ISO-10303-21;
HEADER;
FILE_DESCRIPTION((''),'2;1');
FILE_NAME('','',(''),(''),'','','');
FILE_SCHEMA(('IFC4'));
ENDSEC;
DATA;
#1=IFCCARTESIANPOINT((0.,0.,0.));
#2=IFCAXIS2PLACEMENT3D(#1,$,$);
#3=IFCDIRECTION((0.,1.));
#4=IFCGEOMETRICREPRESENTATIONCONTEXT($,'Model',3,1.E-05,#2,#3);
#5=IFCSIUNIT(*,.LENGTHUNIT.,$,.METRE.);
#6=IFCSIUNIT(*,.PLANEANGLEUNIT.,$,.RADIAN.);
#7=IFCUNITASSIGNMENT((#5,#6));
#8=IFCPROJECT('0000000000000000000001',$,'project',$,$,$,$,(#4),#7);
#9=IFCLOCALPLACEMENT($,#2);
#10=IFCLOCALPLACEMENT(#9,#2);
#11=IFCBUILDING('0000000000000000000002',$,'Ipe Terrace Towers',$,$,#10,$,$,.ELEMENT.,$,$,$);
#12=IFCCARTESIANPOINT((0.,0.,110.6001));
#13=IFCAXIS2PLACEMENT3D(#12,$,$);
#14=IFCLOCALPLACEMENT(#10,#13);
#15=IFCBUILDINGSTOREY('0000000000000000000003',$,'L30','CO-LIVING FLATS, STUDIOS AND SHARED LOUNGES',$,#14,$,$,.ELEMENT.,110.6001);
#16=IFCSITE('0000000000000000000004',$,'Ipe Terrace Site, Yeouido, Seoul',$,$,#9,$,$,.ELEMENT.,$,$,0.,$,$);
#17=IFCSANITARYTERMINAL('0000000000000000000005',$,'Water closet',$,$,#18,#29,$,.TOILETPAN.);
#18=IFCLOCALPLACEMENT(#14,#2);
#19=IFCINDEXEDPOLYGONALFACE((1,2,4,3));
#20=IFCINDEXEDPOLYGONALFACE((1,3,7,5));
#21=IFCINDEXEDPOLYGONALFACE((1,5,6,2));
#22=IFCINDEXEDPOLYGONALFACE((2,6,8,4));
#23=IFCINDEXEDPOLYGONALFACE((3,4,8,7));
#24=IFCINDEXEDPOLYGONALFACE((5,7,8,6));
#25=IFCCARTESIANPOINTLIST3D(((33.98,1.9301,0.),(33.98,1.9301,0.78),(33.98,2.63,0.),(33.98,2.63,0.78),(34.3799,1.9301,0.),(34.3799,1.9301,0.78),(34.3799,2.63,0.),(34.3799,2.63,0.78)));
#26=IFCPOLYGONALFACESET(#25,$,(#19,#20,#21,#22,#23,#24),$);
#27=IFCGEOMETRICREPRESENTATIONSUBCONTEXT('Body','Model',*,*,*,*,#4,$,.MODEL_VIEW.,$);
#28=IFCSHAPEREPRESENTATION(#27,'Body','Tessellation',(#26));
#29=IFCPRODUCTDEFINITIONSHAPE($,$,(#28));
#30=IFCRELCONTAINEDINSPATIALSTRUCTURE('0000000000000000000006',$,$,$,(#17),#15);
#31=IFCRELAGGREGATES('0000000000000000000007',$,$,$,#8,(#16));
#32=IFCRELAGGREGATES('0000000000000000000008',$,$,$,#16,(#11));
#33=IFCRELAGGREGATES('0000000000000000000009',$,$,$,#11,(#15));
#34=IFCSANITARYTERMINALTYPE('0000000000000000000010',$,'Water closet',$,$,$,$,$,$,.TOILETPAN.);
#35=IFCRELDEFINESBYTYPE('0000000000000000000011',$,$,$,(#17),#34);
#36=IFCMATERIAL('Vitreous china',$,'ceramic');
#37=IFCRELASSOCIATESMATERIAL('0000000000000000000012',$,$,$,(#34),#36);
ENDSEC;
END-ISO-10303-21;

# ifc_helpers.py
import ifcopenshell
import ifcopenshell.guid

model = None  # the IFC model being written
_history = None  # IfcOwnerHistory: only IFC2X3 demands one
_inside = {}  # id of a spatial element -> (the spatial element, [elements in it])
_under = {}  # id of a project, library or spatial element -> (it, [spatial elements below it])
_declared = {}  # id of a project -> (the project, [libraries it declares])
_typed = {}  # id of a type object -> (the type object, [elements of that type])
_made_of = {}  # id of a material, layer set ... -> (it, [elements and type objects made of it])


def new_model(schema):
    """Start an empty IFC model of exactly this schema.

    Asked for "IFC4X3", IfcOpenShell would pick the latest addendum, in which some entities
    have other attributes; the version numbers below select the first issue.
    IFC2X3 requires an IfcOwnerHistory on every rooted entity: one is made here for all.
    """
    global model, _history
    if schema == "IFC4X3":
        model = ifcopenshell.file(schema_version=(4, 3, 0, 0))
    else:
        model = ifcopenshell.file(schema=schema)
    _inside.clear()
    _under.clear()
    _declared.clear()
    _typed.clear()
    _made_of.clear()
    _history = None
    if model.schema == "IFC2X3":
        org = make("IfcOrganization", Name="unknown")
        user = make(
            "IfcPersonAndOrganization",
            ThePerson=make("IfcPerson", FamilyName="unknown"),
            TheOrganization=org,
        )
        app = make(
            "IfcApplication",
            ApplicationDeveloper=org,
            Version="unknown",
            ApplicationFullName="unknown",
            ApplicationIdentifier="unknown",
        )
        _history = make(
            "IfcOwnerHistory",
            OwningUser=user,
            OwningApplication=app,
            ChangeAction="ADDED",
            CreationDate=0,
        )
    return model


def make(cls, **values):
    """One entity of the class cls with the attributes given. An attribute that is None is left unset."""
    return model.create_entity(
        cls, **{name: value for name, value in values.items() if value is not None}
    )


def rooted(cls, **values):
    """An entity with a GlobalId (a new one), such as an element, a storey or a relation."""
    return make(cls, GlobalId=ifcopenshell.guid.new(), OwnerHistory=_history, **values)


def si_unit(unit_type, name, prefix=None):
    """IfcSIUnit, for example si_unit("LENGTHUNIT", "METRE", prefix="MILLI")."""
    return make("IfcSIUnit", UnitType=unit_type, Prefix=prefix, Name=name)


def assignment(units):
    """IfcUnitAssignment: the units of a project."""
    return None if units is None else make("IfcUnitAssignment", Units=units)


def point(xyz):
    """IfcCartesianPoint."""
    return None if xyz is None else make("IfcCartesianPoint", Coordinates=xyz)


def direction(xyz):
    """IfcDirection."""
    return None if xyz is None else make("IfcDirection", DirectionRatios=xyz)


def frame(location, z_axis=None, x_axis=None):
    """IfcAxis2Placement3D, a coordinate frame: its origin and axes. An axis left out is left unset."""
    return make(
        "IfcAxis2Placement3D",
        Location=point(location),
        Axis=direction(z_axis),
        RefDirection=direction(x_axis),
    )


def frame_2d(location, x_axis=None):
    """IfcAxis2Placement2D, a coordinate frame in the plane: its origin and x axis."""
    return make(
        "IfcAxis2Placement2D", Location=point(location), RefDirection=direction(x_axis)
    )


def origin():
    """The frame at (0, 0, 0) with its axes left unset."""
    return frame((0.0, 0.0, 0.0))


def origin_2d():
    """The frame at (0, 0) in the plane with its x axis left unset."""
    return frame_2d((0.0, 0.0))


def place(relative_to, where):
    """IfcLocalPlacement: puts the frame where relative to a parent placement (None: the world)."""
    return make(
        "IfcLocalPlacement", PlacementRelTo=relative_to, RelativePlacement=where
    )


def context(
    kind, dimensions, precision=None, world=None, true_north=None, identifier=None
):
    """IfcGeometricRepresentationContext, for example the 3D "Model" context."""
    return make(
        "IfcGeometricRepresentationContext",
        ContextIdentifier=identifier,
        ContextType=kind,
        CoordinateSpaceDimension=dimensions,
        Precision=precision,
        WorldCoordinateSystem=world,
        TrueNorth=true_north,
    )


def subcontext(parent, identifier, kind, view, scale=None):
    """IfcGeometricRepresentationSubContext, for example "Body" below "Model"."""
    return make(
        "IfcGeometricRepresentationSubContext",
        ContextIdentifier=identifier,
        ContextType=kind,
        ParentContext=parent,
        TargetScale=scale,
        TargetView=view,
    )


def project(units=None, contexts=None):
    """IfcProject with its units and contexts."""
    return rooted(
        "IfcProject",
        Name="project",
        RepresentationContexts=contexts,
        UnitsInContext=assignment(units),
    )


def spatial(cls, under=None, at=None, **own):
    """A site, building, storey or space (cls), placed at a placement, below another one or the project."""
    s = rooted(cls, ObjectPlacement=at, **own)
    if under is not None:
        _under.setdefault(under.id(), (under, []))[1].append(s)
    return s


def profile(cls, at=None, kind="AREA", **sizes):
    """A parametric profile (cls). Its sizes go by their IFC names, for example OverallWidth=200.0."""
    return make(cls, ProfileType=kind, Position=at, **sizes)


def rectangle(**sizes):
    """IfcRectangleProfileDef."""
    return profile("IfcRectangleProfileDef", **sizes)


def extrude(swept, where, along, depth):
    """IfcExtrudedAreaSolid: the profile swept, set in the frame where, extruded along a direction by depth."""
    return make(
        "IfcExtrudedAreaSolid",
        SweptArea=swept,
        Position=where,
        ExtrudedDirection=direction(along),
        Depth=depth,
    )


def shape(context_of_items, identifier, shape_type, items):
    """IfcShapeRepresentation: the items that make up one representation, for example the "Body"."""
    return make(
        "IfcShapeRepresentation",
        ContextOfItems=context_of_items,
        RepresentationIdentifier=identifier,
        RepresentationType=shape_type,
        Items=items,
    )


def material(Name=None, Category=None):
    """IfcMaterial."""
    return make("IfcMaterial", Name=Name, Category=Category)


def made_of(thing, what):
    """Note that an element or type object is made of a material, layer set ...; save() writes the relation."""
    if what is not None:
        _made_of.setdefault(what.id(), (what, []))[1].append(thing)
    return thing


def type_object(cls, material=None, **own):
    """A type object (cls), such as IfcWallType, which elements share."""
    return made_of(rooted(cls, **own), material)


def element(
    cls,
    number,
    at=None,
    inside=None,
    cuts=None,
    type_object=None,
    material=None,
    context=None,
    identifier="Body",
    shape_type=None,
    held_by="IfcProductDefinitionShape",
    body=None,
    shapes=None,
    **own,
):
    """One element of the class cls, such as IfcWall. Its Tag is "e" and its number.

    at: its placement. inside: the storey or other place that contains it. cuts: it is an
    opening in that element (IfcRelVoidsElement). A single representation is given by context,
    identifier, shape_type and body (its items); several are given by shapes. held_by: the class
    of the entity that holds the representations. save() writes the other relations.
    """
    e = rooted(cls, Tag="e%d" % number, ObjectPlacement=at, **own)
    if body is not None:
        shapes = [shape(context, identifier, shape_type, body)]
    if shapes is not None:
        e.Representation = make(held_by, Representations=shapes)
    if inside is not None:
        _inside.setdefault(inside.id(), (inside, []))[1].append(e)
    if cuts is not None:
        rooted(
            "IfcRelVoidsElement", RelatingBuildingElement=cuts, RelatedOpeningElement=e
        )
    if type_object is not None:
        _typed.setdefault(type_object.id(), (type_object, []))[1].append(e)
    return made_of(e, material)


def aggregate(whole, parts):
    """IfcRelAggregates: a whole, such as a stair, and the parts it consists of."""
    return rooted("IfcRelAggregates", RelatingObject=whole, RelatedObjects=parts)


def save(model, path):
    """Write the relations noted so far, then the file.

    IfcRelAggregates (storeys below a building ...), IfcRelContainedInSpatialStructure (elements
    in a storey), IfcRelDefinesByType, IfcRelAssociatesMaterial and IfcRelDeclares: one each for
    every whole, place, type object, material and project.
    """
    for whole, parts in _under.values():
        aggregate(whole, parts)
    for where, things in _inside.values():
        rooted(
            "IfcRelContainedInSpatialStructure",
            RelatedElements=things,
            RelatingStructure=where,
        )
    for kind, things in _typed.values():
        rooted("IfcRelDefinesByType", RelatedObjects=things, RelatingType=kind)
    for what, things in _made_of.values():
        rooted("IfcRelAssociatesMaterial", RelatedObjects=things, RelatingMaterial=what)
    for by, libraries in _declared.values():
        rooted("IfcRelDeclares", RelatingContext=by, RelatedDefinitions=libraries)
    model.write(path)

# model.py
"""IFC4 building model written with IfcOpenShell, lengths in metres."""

from ifc_helpers import new_model, si_unit, direction, frame, origin, origin_2d, place, context, subcontext, project, spatial, rectangle, extrude, material, type_object, element, save


model = new_model("IFC4")

# Units and contexts
model_context = context("Model", 3, precision=1e-05, world=origin(), true_north=direction((0.0, 1.0)))
body_context = subcontext(model_context, "Body", "Model", "MODEL_VIEW")
ifc_project = project(units=[si_unit("LENGTHUNIT", "METRE"), si_unit("PLANEANGLEUNIT", "RADIAN")], contexts=[model_context])

# Site, building, storey
site_placement = place(None, origin())
site = spatial("IfcSite", under=ifc_project, at=site_placement, Name="Ipe Terrace Site, Yeouido, Seoul", CompositionType="ELEMENT", RefElevation=0.0)
building_placement = place(site_placement, origin())
building = spatial("IfcBuilding", under=site, at=building_placement, Name="Ipe Terrace Towers", CompositionType="ELEMENT")
storey_placement = place(building_placement, frame((0.0, 0.0, 110.6001)))
storey = spatial("IfcBuildingStorey", under=building, at=storey_placement, Name="L30", Description="CO-LIVING FLATS, STUDIOS AND SHARED LOUNGES", CompositionType="ELEMENT", Elevation=110.6001)

# Sanitary terminal
ifc_material_1 = material(Name="Vitreous china", Category="ceramic")
sanitary_terminal_type = type_object("IfcSanitaryTerminalType", Name="Water closet", PredefinedType="TOILETPAN", material=ifc_material_1)
sanitary_terminal_placement = place(storey_placement, frame((34.1799, 2.28, 0.0), z_axis=(0.0, 0.0, 1.0), x_axis=(0.0, -1.0, 0.0)))
element("IfcSanitaryTerminal", 1, at=sanitary_terminal_placement, inside=storey, type_object=sanitary_terminal_type, Name="Water closet", PredefinedType="TOILETPAN", context=body_context, shape_type="SweptSolid", body=[
    extrude(rectangle(XDim=0.7, YDim=0.3999, at=origin_2d()), origin(), (0.0, 0.0, 1.0), 0.78),
])

save(model, "model.ifc")
